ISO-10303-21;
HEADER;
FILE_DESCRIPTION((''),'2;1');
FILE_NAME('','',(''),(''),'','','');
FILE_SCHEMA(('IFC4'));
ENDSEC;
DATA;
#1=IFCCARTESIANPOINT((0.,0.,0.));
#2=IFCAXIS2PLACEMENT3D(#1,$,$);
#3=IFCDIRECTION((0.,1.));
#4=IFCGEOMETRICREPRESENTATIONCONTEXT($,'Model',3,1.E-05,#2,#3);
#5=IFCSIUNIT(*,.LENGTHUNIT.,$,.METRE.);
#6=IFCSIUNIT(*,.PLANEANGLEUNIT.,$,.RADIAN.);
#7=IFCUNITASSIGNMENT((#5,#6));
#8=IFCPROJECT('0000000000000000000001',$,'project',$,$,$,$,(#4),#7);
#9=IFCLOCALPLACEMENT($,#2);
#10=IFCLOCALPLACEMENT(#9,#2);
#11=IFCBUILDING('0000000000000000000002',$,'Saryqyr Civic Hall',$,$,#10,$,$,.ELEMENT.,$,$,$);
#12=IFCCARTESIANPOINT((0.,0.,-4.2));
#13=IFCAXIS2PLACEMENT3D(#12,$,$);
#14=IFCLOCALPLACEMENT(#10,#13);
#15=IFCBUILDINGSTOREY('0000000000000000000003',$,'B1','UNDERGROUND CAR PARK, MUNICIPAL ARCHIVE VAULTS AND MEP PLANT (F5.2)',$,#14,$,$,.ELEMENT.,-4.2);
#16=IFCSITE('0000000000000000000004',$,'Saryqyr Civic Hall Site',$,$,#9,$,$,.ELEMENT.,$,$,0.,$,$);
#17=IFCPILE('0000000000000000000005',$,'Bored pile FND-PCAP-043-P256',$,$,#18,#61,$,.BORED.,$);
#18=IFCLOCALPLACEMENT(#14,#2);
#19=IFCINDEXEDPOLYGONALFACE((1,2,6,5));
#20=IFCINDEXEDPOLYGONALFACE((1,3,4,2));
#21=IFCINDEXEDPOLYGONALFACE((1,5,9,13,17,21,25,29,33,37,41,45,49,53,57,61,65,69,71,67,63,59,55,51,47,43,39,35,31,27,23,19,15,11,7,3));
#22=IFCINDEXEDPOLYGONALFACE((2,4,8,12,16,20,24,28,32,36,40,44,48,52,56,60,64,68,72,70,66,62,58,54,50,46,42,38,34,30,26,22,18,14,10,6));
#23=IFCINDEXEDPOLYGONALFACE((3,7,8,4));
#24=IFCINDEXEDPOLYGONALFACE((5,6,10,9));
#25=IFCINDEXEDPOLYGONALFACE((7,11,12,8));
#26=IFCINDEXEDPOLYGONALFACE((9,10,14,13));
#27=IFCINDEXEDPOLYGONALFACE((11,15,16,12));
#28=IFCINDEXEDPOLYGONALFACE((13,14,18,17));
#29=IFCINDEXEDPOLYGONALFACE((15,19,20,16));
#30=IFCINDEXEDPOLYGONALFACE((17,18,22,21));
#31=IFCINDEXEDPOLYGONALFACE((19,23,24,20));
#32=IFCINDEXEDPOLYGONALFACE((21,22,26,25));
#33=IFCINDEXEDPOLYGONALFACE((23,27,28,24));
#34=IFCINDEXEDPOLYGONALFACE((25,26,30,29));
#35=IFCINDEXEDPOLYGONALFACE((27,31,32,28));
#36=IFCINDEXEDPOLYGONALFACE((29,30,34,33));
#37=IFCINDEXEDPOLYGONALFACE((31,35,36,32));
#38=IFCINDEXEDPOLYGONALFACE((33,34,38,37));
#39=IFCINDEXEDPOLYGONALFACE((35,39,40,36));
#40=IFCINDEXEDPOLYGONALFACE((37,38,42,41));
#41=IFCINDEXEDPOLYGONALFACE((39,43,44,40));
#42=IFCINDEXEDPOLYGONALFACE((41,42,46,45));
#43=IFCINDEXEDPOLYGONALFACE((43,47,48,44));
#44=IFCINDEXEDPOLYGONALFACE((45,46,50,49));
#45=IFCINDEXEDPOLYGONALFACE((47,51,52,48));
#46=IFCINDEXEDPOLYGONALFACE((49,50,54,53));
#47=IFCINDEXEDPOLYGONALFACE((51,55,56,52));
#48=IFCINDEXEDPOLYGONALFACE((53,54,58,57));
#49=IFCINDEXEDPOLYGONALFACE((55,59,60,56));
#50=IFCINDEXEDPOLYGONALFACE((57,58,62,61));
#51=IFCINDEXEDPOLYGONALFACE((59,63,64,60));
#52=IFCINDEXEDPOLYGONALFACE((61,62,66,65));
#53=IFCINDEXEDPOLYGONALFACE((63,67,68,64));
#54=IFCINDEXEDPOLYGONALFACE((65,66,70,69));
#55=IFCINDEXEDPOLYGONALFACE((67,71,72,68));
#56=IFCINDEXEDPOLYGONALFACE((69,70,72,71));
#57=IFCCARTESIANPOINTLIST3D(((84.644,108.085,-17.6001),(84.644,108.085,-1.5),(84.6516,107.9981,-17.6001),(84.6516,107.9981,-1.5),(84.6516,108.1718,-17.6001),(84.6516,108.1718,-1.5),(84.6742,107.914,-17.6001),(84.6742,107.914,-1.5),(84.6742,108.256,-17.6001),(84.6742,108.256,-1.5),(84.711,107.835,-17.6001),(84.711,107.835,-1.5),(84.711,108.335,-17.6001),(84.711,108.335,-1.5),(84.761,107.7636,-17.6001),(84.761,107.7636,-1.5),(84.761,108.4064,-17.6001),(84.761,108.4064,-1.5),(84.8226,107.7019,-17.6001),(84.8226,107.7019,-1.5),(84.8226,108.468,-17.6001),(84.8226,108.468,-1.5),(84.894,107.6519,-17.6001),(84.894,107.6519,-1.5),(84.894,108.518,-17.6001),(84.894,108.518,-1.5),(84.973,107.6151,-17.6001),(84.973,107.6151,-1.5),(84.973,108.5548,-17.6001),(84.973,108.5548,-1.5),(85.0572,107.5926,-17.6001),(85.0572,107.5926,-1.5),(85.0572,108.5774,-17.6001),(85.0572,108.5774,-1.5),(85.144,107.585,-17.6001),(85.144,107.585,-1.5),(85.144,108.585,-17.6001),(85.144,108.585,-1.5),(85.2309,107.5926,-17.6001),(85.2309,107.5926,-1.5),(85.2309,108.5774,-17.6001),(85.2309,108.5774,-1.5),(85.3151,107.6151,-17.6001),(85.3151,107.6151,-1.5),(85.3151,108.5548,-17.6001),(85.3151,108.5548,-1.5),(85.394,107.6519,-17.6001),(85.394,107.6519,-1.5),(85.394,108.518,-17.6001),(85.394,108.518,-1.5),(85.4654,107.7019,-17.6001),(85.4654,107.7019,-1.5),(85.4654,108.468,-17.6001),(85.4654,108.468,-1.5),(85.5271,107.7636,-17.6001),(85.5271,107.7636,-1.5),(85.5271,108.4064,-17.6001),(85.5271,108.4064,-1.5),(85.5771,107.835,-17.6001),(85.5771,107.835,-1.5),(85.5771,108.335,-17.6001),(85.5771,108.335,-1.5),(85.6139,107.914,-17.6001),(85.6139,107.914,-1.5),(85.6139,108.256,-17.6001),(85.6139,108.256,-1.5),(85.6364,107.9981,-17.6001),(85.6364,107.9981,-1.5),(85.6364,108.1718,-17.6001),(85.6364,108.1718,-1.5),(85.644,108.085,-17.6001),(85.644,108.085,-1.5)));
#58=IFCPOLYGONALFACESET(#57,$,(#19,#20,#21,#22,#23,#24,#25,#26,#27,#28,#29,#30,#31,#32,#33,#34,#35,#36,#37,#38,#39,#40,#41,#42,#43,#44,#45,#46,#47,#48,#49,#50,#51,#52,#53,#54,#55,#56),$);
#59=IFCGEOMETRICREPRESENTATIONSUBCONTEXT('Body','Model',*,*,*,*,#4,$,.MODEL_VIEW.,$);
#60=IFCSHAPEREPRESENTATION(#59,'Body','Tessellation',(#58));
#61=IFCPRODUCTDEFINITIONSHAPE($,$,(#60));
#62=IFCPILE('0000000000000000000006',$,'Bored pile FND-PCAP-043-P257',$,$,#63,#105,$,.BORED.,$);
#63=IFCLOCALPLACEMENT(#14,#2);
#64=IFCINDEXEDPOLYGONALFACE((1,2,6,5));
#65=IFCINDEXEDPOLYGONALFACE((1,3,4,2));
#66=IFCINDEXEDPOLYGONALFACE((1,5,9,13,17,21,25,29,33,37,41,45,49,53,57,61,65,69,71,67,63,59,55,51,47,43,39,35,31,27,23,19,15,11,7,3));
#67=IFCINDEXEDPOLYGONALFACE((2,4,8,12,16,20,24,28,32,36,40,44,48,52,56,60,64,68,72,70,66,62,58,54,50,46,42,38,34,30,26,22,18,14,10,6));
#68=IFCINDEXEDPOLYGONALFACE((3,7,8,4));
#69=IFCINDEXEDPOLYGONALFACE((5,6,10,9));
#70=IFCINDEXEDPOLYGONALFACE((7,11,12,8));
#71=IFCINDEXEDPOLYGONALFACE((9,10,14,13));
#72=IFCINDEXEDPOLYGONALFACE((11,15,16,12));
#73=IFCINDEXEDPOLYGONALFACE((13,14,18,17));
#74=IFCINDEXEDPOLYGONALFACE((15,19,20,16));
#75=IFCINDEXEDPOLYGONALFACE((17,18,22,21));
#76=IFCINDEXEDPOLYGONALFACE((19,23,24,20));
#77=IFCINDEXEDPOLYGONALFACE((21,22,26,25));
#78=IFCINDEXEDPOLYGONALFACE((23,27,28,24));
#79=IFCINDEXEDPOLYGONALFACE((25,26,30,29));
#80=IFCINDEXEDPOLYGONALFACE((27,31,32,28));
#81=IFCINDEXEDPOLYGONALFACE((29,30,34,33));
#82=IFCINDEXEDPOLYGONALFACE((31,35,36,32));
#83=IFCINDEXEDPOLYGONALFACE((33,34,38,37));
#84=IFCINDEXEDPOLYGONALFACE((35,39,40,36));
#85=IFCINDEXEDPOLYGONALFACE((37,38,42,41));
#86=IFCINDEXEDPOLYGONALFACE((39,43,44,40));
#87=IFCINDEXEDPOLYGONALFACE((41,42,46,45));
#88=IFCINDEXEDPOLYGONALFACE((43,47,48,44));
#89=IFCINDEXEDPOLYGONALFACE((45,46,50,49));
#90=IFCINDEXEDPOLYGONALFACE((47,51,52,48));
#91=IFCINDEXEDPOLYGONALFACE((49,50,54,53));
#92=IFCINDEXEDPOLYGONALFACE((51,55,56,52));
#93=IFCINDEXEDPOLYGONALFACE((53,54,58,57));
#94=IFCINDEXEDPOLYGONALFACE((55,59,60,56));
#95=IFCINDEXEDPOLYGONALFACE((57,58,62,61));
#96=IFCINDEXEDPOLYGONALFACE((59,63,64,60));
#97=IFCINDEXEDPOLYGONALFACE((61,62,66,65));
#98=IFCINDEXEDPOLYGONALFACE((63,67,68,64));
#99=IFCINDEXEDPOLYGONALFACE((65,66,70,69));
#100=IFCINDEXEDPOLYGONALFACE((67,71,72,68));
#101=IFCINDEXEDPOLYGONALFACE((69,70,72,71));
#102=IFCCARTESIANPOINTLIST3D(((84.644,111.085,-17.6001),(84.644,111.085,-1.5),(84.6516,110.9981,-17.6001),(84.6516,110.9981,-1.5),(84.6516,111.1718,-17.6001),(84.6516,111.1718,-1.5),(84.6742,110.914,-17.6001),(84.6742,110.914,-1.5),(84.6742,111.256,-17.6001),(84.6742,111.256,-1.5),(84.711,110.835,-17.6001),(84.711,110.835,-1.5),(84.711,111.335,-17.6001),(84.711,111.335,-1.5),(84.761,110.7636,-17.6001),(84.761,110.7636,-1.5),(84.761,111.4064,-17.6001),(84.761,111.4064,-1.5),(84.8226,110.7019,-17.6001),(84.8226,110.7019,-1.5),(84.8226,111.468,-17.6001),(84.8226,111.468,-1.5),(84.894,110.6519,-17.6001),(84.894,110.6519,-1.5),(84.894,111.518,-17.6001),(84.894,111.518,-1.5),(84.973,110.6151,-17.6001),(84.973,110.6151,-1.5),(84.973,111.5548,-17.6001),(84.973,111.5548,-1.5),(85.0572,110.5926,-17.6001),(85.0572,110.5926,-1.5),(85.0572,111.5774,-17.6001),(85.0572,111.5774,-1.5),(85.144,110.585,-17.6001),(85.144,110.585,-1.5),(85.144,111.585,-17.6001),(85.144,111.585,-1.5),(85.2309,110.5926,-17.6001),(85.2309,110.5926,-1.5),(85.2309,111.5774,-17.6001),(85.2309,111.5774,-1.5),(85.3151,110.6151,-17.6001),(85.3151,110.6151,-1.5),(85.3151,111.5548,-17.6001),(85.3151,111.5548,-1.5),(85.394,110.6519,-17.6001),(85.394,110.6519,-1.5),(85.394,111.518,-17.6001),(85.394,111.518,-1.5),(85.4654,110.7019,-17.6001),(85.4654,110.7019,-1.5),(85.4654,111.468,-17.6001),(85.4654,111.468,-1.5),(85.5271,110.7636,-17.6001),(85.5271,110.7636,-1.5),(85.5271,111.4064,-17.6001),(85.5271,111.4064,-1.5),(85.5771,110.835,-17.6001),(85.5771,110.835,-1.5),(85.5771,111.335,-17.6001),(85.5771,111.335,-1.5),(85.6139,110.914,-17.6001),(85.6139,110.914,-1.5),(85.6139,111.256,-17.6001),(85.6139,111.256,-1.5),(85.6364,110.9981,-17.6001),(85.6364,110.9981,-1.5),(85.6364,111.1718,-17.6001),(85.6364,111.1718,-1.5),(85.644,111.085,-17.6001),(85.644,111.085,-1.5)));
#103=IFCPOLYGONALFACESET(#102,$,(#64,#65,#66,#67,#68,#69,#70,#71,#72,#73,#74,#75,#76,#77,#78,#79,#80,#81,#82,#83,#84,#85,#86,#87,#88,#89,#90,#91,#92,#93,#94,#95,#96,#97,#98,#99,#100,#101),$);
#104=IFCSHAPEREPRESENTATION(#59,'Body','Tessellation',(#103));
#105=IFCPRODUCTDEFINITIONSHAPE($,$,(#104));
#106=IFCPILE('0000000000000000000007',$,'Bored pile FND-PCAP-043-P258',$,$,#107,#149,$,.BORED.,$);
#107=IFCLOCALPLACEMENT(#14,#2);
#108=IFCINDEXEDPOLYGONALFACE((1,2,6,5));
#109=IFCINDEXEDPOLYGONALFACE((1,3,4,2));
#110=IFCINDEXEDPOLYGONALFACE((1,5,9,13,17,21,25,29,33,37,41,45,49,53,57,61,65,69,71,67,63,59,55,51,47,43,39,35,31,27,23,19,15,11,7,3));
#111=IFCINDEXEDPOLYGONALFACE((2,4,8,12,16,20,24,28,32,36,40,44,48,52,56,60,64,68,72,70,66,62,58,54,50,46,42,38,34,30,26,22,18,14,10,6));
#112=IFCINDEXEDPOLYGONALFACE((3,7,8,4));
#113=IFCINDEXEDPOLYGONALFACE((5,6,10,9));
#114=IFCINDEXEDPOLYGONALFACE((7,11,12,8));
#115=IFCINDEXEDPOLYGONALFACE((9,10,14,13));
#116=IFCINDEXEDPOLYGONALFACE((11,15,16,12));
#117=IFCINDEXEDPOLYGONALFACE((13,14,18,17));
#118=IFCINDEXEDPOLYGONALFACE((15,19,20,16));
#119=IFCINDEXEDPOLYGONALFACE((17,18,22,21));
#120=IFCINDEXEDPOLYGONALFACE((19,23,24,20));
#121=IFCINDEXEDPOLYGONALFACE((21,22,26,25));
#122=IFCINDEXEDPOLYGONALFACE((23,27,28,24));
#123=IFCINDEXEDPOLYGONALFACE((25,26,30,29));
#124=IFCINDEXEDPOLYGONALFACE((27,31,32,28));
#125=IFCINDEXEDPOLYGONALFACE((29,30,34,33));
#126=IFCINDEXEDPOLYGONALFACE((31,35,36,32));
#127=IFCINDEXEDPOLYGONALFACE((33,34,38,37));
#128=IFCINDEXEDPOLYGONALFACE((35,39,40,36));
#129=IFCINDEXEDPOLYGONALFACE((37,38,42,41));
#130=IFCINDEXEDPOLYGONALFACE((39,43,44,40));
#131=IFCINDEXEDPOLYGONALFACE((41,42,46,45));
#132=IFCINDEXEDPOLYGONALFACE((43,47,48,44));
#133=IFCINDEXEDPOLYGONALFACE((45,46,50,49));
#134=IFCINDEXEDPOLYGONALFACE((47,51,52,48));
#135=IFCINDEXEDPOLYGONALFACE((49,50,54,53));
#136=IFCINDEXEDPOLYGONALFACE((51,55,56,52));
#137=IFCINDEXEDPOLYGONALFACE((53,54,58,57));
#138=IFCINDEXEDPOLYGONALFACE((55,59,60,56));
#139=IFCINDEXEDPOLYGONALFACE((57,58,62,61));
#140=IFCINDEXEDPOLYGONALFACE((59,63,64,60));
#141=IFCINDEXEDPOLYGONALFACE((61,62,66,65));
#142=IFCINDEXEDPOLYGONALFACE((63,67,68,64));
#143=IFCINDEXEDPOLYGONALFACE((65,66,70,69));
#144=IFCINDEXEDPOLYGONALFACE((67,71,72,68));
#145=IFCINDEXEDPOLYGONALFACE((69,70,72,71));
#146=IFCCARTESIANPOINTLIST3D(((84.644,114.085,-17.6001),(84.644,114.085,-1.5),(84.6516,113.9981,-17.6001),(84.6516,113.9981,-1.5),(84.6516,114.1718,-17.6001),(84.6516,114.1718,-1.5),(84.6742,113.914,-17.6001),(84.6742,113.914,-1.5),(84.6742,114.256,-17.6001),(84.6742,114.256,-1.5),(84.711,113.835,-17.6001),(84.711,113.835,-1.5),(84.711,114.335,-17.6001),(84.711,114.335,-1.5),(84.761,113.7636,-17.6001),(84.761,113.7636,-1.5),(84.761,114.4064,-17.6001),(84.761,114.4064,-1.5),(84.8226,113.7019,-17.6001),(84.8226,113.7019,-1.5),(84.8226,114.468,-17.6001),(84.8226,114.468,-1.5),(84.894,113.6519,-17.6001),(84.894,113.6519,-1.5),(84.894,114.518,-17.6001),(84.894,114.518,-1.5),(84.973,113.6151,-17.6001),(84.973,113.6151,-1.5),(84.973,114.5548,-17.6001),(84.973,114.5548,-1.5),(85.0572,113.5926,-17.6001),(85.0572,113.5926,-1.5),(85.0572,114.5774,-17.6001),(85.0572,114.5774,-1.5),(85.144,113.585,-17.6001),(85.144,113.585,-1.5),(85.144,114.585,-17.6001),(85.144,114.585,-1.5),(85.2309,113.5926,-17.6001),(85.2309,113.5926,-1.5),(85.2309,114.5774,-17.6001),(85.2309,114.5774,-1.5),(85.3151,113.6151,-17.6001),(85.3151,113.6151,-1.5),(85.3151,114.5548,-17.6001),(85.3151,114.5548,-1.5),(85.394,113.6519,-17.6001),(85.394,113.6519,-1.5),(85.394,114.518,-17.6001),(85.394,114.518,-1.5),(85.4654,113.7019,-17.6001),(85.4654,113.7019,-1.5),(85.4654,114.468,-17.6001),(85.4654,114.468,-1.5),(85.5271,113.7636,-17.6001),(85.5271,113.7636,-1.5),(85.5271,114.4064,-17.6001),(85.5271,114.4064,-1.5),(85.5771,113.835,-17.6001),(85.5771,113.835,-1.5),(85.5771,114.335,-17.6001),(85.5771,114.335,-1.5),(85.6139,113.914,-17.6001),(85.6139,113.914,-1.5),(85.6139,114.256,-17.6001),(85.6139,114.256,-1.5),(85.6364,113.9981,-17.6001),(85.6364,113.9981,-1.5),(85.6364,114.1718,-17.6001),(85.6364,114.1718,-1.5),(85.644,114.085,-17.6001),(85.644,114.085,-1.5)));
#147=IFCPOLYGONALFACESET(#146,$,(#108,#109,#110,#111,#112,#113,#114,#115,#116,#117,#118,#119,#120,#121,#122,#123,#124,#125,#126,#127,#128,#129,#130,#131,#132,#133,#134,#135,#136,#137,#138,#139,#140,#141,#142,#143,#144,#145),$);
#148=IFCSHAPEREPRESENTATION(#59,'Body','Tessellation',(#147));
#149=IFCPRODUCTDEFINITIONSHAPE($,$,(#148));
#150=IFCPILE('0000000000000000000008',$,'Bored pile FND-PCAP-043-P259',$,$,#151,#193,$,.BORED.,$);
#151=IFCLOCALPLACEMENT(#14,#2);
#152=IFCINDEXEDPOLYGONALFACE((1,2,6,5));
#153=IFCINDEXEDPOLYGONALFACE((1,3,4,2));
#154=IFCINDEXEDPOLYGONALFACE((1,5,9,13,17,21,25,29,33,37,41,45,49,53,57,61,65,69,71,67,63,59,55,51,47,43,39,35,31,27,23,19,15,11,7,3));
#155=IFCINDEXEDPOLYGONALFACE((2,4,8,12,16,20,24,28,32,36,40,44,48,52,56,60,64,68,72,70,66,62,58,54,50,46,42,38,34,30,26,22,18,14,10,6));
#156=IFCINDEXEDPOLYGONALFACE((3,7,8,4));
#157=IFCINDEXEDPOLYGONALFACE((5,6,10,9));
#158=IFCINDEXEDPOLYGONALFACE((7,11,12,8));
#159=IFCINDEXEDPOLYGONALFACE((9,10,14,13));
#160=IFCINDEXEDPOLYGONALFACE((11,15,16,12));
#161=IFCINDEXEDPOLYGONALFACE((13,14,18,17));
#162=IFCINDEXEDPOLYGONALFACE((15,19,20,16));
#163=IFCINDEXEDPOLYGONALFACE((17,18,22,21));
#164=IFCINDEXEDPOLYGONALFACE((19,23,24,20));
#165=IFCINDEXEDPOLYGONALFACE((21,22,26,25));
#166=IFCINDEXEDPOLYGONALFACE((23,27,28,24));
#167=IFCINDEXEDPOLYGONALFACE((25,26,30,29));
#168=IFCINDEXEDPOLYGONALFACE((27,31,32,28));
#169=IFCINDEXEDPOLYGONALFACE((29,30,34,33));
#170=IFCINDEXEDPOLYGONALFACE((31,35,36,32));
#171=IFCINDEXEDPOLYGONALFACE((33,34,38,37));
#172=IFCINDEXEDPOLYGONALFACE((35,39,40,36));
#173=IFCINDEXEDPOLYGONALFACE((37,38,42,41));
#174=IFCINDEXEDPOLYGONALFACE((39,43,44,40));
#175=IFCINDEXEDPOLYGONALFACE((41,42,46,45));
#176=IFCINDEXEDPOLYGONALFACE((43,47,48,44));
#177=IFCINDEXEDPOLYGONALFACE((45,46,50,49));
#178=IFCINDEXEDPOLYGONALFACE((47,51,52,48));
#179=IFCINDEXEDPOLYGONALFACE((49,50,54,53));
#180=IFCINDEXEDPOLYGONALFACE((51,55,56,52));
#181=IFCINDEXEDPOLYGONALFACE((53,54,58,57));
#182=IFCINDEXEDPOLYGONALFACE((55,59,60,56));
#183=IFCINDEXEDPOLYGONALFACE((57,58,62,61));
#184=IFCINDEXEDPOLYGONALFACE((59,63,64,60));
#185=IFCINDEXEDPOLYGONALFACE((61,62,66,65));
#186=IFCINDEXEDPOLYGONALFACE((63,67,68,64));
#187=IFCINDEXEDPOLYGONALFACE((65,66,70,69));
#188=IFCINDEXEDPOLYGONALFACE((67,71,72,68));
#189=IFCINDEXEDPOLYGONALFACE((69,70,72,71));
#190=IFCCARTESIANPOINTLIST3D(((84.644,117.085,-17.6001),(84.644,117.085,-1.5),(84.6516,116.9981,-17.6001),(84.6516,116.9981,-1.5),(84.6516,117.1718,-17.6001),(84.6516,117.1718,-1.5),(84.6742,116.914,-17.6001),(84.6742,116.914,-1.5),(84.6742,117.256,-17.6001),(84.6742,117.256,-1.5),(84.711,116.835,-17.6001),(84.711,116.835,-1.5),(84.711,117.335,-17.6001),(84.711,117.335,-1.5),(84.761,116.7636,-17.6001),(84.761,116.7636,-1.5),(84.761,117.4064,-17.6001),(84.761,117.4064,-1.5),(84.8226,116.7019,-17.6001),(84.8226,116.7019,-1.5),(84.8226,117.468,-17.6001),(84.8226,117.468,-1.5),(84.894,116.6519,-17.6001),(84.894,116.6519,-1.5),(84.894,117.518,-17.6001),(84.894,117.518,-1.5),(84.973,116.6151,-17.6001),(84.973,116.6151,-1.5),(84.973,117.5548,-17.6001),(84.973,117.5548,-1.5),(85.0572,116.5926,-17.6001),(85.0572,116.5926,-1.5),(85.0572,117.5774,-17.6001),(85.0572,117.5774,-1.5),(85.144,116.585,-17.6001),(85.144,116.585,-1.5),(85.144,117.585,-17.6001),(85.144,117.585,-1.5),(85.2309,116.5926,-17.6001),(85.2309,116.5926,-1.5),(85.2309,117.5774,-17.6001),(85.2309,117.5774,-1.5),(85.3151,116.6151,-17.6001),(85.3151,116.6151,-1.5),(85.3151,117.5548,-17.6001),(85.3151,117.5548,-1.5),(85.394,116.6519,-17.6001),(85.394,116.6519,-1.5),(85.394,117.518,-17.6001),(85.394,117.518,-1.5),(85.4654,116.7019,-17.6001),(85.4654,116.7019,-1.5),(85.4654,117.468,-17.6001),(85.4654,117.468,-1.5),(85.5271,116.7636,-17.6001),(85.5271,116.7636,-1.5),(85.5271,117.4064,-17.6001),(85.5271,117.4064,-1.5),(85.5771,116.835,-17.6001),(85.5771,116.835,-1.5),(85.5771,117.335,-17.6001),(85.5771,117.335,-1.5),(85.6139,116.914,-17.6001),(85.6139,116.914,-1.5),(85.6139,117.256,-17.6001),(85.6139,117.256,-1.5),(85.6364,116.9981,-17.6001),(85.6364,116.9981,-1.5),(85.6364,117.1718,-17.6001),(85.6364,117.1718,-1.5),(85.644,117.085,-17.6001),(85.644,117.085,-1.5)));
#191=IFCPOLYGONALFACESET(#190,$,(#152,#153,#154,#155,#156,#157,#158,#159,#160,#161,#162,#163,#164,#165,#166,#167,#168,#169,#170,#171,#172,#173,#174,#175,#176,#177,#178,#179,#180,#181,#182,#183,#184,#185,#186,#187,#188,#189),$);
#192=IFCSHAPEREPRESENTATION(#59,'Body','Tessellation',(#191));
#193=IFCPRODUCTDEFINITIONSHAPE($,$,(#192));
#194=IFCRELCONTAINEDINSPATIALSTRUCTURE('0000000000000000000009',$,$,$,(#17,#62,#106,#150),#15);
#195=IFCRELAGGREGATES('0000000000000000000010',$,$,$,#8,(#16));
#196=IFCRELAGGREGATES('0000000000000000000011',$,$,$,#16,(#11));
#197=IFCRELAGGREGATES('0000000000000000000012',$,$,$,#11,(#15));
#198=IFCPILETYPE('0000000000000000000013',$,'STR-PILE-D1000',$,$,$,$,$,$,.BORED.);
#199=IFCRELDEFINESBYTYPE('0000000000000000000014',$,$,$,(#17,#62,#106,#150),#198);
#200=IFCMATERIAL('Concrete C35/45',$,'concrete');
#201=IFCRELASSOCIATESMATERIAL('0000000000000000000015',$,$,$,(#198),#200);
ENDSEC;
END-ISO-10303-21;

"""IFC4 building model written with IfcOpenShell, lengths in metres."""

from ifc_helpers import new_model, si_unit, direction, frame, origin, origin_2d, place, context, subcontext, project, spatial, circle, extrude, material, material_profile, profile_set, type_object, element, save


model = new_model("IFC4")

# Units and contexts
model_context = context("Model", 3, precision=1e-05, world=origin(), true_north=direction((0.0, 1.0)))
body_context = subcontext(model_context, "Body", "Model", "MODEL_VIEW")
ifc_project = project(units=[si_unit("LENGTHUNIT", "METRE"), si_unit("PLANEANGLEUNIT", "RADIAN")], contexts=[model_context])

# Site, building, storey
site_placement = place(None, origin())
site = spatial("IfcSite", under=ifc_project, at=site_placement, Name="Saryqyr Civic Hall Site", CompositionType="ELEMENT", RefElevation=0.0)
building_placement = place(site_placement, origin())
building = spatial("IfcBuilding", under=site, at=building_placement, Name="Saryqyr Civic Hall", CompositionType="ELEMENT")
storey_placement = place(building_placement, frame((0.0, 0.0, -4.2)))
storey = spatial("IfcBuildingStorey", under=building, at=storey_placement, Name="B1", Description="UNDERGROUND CAR PARK, MUNICIPAL ARCHIVE VAULTS AND MEP PLANT (F5.2)", CompositionType="ELEMENT", Elevation=-4.2)

# Piles
ifc_material_1 = material(Name="Concrete C35/45", Category="concrete")
ifc_material_profile_1 = material_profile(ifc_material_1, circle(Radius=0.5, at=origin_2d()), Name="BORED PILE D1000")
ifc_profile_set_1 = profile_set([ifc_material_profile_1], Name="Concrete C35/45")
pile_type = type_object("IfcPileType", Name="STR-PILE-D1000", PredefinedType="BORED", material=ifc_profile_set_1)
for number, where, z_axis, x_axis, name in (
    (1, (85.144, 108.085, -1.5), (0.0, 0.0, -1.0), (1.0, 0.0, 0.0), "Bored pile FND-PCAP-043-P256"),
    (2, (85.144, 111.085, -1.5), (0.0, 0.0, -1.0), (1.0, 0.0, 0.0), "Bored pile FND-PCAP-043-P257"),
    (3, (85.144, 114.085, -1.5), (0.0, 0.0, -1.0), (1.0, 0.0, 0.0), "Bored pile FND-PCAP-043-P258"),
    (4, (85.144, 117.085, -1.5), (0.0, 0.0, -1.0), (1.0, 0.0, 0.0), "Bored pile FND-PCAP-043-P259"),
):
    element("IfcPile", number, at=place(storey_placement, frame(where, z_axis=z_axis, x_axis=x_axis)), inside=storey, type_object=pile_type, Name=name, PredefinedType="BORED", context=body_context, shape_type="SweptSolid", body=[
        extrude(circle(Radius=0.5, at=origin_2d()), origin(), (0.0, 0.0, 1.0), 16.1001),
    ])

save(model, "model.ifc")
